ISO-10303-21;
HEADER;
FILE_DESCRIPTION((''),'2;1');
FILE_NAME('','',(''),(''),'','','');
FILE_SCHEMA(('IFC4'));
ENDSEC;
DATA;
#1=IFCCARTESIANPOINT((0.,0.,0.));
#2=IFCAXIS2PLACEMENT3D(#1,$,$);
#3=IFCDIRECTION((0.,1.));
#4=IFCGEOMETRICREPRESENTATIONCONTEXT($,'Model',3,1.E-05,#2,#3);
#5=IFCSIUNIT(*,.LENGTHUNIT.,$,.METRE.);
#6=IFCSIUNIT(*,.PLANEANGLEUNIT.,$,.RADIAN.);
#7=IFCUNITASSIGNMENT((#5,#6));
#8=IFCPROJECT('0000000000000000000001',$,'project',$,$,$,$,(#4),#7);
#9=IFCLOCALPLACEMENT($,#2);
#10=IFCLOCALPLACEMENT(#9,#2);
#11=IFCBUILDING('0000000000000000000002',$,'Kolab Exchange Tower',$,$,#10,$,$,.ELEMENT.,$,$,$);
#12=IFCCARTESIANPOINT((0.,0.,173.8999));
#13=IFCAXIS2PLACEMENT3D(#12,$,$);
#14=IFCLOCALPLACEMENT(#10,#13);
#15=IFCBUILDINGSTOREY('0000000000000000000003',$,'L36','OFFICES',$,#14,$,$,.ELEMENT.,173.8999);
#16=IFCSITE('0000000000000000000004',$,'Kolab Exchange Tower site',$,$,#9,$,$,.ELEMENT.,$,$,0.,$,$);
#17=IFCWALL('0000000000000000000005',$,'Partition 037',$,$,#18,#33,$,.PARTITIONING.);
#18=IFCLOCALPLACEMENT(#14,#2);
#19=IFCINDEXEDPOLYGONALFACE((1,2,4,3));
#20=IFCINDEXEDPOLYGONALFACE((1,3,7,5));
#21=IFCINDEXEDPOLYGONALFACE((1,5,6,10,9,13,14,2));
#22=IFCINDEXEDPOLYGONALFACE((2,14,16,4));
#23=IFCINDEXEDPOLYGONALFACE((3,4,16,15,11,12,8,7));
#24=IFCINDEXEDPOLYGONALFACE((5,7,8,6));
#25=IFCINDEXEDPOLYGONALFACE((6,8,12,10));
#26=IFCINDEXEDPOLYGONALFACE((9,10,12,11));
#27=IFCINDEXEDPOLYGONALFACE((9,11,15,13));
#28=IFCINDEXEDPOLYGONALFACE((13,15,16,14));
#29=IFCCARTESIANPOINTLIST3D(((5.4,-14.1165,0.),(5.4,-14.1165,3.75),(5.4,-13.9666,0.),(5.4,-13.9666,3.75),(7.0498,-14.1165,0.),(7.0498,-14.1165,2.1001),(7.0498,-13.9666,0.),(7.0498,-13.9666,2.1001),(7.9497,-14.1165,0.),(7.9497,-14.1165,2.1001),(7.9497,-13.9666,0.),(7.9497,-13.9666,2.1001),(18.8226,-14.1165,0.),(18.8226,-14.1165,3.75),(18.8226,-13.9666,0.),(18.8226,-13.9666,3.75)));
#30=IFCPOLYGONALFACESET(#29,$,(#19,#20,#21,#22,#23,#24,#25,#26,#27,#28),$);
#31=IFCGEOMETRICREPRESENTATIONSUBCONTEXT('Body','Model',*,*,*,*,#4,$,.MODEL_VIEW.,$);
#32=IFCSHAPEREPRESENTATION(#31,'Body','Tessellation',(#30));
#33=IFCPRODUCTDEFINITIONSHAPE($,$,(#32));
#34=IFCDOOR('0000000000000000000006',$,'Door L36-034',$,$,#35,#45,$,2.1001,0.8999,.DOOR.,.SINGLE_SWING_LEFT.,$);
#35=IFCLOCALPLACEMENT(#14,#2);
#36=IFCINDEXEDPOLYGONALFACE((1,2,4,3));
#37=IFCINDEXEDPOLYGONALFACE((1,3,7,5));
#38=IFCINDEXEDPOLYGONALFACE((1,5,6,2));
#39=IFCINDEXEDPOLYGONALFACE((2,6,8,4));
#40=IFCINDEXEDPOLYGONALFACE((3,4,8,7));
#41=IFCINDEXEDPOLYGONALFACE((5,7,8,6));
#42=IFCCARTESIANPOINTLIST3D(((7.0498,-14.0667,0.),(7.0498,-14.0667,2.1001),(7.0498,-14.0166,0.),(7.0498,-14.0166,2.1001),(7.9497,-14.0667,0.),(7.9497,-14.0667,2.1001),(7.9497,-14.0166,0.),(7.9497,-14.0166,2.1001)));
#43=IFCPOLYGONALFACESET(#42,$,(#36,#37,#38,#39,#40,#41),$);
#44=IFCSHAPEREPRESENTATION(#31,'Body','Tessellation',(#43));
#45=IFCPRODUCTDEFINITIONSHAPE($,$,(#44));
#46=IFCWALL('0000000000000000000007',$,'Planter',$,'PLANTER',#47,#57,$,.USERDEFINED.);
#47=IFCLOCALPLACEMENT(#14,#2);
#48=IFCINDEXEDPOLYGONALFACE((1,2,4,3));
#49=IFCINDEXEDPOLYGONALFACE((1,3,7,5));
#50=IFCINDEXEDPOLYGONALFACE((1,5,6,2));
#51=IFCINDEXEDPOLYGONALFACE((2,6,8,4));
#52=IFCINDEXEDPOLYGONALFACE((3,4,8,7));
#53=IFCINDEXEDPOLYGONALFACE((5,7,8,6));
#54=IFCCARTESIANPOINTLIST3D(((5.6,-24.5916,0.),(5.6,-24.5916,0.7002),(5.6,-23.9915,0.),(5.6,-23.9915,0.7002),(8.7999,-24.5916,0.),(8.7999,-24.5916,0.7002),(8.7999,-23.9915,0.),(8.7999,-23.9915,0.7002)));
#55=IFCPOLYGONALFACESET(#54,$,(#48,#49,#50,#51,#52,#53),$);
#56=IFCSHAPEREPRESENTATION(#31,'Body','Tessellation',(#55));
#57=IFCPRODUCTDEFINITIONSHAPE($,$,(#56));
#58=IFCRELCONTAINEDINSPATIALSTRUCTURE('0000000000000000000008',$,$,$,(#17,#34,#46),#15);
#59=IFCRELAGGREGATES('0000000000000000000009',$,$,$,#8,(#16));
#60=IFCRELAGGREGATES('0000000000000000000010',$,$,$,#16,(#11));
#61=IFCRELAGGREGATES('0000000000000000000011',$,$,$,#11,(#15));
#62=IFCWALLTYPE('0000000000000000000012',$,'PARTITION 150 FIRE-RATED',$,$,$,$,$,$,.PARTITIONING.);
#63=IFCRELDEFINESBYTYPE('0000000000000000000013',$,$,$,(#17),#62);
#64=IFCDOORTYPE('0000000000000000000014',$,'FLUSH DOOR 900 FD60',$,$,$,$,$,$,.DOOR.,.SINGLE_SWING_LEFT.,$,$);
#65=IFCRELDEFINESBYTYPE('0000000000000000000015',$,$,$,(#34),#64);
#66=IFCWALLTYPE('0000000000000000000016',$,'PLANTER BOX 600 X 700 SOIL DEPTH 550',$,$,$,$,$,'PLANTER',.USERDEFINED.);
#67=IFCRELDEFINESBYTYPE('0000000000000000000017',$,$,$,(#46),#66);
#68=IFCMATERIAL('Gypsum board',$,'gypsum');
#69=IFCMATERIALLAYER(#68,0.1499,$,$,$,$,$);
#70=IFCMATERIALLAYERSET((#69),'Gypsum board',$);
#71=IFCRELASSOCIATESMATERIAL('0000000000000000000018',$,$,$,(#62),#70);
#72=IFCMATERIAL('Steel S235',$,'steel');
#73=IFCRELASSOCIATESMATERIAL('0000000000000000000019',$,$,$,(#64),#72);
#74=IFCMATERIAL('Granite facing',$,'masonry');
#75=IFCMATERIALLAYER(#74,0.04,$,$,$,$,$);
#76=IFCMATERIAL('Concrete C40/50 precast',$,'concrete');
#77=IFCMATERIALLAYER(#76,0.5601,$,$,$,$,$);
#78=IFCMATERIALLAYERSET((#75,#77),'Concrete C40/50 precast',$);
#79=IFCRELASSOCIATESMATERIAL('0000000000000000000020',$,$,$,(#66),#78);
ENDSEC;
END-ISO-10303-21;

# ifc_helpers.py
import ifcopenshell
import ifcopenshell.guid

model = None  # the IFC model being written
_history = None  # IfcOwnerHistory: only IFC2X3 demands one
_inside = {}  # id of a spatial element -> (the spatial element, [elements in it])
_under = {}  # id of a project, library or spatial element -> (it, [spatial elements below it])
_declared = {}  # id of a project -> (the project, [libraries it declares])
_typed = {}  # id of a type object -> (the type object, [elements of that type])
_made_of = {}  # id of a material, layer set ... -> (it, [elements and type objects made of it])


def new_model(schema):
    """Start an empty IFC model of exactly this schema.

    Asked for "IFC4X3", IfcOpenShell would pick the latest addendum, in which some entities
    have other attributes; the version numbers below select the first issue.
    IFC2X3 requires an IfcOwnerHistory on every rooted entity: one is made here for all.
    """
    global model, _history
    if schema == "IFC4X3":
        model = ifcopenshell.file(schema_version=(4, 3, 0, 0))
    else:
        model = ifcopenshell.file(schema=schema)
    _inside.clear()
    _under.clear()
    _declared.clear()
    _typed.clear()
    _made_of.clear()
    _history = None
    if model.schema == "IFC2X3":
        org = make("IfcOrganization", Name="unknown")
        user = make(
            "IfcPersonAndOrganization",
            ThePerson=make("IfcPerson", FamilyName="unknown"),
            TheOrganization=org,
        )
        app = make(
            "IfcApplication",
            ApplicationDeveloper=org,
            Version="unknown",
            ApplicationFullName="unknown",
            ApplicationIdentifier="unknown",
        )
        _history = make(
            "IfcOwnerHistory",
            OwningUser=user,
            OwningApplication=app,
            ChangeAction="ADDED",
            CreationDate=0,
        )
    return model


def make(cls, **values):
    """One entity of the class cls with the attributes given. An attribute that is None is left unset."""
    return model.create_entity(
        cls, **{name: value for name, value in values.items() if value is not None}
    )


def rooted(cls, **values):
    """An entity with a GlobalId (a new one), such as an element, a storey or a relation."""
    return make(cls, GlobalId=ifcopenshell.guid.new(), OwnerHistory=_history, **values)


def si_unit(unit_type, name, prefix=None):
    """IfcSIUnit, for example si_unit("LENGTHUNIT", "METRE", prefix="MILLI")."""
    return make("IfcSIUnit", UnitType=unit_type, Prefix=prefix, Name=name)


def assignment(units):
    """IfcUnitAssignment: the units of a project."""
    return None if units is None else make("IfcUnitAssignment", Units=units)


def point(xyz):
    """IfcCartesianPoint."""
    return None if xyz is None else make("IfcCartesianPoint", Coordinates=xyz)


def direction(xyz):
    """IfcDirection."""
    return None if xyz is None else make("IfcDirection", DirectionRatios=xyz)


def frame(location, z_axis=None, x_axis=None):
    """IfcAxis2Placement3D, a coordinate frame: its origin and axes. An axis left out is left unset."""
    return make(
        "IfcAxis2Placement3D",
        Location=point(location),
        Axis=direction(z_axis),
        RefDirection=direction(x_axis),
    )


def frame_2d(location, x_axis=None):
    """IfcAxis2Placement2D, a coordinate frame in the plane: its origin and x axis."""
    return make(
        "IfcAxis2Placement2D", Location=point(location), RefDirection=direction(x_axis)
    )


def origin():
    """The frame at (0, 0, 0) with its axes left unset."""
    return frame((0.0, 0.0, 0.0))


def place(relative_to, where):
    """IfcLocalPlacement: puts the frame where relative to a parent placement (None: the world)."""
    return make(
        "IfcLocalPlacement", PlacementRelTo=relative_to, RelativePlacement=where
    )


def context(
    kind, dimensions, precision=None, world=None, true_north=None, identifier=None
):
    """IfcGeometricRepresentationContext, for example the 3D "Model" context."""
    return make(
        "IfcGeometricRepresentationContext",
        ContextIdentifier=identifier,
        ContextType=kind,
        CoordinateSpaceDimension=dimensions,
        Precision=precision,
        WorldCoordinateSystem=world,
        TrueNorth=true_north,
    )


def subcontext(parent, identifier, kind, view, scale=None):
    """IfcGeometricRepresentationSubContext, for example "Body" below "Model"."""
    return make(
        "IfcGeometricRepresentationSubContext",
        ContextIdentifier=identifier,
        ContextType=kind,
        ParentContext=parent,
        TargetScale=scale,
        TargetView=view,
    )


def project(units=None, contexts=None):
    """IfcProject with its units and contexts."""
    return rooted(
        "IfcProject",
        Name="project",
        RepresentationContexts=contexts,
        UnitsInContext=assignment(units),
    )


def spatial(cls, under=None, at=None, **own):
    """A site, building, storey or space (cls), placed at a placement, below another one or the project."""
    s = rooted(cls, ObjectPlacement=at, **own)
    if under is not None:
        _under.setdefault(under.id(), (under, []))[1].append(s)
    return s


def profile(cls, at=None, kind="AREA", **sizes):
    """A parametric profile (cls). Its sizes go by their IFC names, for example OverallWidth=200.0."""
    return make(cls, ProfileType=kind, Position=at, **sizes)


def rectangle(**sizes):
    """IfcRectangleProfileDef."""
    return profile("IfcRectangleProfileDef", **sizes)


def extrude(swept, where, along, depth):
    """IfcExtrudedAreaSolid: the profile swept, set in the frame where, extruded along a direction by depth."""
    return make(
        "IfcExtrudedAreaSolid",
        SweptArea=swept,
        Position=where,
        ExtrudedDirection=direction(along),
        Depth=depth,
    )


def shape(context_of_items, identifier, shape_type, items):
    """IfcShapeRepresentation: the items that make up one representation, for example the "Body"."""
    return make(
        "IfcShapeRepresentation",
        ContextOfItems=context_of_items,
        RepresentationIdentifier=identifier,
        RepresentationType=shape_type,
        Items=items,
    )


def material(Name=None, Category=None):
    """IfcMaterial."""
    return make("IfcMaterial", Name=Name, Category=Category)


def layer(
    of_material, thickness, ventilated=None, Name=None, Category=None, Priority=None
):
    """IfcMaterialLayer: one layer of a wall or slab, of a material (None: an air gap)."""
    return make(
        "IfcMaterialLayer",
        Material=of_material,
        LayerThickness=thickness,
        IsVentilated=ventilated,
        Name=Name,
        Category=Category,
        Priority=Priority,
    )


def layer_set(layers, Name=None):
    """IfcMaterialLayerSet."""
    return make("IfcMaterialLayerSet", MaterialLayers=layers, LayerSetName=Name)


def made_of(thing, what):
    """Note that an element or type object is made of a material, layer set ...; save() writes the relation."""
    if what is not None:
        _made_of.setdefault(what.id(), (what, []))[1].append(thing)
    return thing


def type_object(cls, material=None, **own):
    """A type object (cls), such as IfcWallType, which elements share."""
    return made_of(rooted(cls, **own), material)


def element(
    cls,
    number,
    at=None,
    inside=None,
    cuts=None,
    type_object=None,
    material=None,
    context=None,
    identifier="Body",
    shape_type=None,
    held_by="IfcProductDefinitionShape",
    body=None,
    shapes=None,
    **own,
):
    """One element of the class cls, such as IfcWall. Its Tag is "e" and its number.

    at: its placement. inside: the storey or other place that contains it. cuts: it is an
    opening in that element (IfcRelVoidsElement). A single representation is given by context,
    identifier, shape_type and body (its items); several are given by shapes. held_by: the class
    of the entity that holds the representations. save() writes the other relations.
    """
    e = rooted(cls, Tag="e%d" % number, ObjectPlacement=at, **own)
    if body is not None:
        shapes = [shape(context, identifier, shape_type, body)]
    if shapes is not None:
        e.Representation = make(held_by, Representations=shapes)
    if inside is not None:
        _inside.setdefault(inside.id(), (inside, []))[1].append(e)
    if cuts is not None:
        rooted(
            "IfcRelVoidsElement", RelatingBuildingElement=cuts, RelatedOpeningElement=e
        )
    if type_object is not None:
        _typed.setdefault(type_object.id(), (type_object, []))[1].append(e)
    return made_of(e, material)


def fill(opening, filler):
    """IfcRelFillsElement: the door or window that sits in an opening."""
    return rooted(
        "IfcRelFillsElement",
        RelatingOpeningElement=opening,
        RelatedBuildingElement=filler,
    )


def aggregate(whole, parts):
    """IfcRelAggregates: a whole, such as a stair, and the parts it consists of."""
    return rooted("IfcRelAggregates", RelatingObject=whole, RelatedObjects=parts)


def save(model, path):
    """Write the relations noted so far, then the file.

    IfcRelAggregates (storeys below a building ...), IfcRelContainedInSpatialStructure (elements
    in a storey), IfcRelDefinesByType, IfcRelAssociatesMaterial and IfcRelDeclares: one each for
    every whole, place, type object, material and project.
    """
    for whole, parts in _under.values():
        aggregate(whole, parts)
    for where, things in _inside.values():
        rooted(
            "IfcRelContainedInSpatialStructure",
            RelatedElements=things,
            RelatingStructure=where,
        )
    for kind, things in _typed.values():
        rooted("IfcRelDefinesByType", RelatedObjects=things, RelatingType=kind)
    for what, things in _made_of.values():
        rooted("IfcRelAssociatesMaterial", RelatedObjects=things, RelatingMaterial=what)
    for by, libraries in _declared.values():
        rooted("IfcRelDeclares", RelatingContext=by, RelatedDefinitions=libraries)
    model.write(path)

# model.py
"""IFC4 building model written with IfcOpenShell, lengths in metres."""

from ifc_helpers import new_model, si_unit, direction, frame, frame_2d, origin, place, context, subcontext, project, spatial, rectangle, extrude, material, layer, layer_set, type_object, element, fill, save


model = new_model("IFC4")

# Units and contexts
model_context = context("Model", 3, precision=1e-05, world=origin(), true_north=direction((0.0, 1.0)))
body_context = subcontext(model_context, "Body", "Model", "MODEL_VIEW")
ifc_project = project(units=[si_unit("LENGTHUNIT", "METRE"), si_unit("PLANEANGLEUNIT", "RADIAN")], contexts=[model_context])

# Site, building, storey
site_placement = place(None, origin())
site = spatial("IfcSite", under=ifc_project, at=site_placement, Name="Kolab Exchange Tower site", CompositionType="ELEMENT", RefElevation=0.0)
building_placement = place(site_placement, origin())
building = spatial("IfcBuilding", under=site, at=building_placement, Name="Kolab Exchange Tower", CompositionType="ELEMENT")
storey_placement = place(building_placement, frame((0.0, 0.0, 173.8999)))
storey = spatial("IfcBuildingStorey", under=building, at=storey_placement, Name="L36", Description="OFFICES", CompositionType="ELEMENT", Elevation=173.8999)

# Shared definitions
ifc_material_1 = material(Name="Gypsum board", Category="gypsum")
ifc_layer_1 = layer(ifc_material_1, 0.1499)
ifc_layer_set_1 = layer_set([ifc_layer_1], Name="Gypsum board")
wall_type_1 = type_object("IfcWallType", Name="PARTITION 150 FIRE-RATED", PredefinedType="PARTITIONING", material=ifc_layer_set_1)

# Wall, opening, door
ifc_material_2 = material(Name="Steel S235", Category="steel")
wall_1_placement = place(storey_placement, frame((5.3999, -14.0415, 0.0), z_axis=(0.0, 0.0, 1.0), x_axis=(1.0, 0.0, 0.0)))
wall_1 = element("IfcWall", 1, at=wall_1_placement, inside=storey, type_object=wall_type_1, Name="Partition 037", PredefinedType="PARTITIONING", context=body_context, shape_type="SweptSolid", body=[
    extrude(rectangle(XDim=13.4226, YDim=0.1499, at=frame_2d((6.7114, 0.0))), origin(), (0.0, 0.0, 1.0), 3.75),
])
opening_1_placement = place(wall_1_placement, frame((1.6499, 0.0, 0.0)))
opening_1 = element("IfcOpeningElement", 2, at=opening_1_placement, cuts=wall_1, PredefinedType="OPENING", context=body_context, shape_type="SweptSolid", body=[
    extrude(rectangle(XDim=0.8999, YDim=2.1001, at=frame_2d((0.45, 1.05))), frame((0.0, 0.085, 0.0), z_axis=(0.0, -1.0, 0.0), x_axis=(1.0, 0.0, 0.0)), (0.0, 0.0, 1.0), 0.1699),
])
door_type_1 = type_object("IfcDoorType", Name="FLUSH DOOR 900 FD60", OperationType="SINGLE_SWING_LEFT", PredefinedType="DOOR", material=ifc_material_2)
door_1_placement = place(opening_1_placement, origin())
door_1 = element("IfcDoor", 3, at=door_1_placement, inside=storey, type_object=door_type_1, Name="Door L36-034", OperationType="SINGLE_SWING_LEFT", OverallHeight=2.1001, OverallWidth=0.8999, PredefinedType="DOOR", context=body_context, shape_type="SweptSolid", body=[
    extrude(rectangle(XDim=0.8999, YDim=2.1001, at=frame_2d((0.45, 1.05))), frame((0.0, 0.0249, 0.0), z_axis=(0.0, -1.0, 0.0), x_axis=(1.0, 0.0, 0.0)), (0.0, 0.0, 1.0), 0.05),
])
fill(opening_1, door_1)

# Wall
ifc_material_3 = material(Name="Granite facing", Category="masonry")
ifc_layer_2 = layer(ifc_material_3, 0.04)
ifc_material_4 = material(Name="Concrete C40/50 precast", Category="concrete")
ifc_layer_3 = layer(ifc_material_4, 0.5601)
ifc_layer_set_2 = layer_set([ifc_layer_2, ifc_layer_3], Name="Concrete C40/50 precast")
wall_type_2 = type_object("IfcWallType", Name="PLANTER BOX 600 X 700 SOIL DEPTH 550", ElementType="PLANTER", PredefinedType="USERDEFINED", material=ifc_layer_set_2)
wall_2_placement = place(storey_placement, frame((8.8, -24.2915, 0.0), z_axis=(0.0, 0.0, 1.0), x_axis=(-1.0, 0.0, 0.0)))
element("IfcWall", 4, at=wall_2_placement, inside=storey, type_object=wall_type_2, Name="Planter", ObjectType="PLANTER", PredefinedType="USERDEFINED", context=body_context, shape_type="SweptSolid", body=[
    extrude(rectangle(XDim=3.2, YDim=0.6001, at=frame_2d((1.6001, 0.0))), origin(), (0.0, 0.0, 1.0), 0.7002),
])

save(model, "model.ifc")
